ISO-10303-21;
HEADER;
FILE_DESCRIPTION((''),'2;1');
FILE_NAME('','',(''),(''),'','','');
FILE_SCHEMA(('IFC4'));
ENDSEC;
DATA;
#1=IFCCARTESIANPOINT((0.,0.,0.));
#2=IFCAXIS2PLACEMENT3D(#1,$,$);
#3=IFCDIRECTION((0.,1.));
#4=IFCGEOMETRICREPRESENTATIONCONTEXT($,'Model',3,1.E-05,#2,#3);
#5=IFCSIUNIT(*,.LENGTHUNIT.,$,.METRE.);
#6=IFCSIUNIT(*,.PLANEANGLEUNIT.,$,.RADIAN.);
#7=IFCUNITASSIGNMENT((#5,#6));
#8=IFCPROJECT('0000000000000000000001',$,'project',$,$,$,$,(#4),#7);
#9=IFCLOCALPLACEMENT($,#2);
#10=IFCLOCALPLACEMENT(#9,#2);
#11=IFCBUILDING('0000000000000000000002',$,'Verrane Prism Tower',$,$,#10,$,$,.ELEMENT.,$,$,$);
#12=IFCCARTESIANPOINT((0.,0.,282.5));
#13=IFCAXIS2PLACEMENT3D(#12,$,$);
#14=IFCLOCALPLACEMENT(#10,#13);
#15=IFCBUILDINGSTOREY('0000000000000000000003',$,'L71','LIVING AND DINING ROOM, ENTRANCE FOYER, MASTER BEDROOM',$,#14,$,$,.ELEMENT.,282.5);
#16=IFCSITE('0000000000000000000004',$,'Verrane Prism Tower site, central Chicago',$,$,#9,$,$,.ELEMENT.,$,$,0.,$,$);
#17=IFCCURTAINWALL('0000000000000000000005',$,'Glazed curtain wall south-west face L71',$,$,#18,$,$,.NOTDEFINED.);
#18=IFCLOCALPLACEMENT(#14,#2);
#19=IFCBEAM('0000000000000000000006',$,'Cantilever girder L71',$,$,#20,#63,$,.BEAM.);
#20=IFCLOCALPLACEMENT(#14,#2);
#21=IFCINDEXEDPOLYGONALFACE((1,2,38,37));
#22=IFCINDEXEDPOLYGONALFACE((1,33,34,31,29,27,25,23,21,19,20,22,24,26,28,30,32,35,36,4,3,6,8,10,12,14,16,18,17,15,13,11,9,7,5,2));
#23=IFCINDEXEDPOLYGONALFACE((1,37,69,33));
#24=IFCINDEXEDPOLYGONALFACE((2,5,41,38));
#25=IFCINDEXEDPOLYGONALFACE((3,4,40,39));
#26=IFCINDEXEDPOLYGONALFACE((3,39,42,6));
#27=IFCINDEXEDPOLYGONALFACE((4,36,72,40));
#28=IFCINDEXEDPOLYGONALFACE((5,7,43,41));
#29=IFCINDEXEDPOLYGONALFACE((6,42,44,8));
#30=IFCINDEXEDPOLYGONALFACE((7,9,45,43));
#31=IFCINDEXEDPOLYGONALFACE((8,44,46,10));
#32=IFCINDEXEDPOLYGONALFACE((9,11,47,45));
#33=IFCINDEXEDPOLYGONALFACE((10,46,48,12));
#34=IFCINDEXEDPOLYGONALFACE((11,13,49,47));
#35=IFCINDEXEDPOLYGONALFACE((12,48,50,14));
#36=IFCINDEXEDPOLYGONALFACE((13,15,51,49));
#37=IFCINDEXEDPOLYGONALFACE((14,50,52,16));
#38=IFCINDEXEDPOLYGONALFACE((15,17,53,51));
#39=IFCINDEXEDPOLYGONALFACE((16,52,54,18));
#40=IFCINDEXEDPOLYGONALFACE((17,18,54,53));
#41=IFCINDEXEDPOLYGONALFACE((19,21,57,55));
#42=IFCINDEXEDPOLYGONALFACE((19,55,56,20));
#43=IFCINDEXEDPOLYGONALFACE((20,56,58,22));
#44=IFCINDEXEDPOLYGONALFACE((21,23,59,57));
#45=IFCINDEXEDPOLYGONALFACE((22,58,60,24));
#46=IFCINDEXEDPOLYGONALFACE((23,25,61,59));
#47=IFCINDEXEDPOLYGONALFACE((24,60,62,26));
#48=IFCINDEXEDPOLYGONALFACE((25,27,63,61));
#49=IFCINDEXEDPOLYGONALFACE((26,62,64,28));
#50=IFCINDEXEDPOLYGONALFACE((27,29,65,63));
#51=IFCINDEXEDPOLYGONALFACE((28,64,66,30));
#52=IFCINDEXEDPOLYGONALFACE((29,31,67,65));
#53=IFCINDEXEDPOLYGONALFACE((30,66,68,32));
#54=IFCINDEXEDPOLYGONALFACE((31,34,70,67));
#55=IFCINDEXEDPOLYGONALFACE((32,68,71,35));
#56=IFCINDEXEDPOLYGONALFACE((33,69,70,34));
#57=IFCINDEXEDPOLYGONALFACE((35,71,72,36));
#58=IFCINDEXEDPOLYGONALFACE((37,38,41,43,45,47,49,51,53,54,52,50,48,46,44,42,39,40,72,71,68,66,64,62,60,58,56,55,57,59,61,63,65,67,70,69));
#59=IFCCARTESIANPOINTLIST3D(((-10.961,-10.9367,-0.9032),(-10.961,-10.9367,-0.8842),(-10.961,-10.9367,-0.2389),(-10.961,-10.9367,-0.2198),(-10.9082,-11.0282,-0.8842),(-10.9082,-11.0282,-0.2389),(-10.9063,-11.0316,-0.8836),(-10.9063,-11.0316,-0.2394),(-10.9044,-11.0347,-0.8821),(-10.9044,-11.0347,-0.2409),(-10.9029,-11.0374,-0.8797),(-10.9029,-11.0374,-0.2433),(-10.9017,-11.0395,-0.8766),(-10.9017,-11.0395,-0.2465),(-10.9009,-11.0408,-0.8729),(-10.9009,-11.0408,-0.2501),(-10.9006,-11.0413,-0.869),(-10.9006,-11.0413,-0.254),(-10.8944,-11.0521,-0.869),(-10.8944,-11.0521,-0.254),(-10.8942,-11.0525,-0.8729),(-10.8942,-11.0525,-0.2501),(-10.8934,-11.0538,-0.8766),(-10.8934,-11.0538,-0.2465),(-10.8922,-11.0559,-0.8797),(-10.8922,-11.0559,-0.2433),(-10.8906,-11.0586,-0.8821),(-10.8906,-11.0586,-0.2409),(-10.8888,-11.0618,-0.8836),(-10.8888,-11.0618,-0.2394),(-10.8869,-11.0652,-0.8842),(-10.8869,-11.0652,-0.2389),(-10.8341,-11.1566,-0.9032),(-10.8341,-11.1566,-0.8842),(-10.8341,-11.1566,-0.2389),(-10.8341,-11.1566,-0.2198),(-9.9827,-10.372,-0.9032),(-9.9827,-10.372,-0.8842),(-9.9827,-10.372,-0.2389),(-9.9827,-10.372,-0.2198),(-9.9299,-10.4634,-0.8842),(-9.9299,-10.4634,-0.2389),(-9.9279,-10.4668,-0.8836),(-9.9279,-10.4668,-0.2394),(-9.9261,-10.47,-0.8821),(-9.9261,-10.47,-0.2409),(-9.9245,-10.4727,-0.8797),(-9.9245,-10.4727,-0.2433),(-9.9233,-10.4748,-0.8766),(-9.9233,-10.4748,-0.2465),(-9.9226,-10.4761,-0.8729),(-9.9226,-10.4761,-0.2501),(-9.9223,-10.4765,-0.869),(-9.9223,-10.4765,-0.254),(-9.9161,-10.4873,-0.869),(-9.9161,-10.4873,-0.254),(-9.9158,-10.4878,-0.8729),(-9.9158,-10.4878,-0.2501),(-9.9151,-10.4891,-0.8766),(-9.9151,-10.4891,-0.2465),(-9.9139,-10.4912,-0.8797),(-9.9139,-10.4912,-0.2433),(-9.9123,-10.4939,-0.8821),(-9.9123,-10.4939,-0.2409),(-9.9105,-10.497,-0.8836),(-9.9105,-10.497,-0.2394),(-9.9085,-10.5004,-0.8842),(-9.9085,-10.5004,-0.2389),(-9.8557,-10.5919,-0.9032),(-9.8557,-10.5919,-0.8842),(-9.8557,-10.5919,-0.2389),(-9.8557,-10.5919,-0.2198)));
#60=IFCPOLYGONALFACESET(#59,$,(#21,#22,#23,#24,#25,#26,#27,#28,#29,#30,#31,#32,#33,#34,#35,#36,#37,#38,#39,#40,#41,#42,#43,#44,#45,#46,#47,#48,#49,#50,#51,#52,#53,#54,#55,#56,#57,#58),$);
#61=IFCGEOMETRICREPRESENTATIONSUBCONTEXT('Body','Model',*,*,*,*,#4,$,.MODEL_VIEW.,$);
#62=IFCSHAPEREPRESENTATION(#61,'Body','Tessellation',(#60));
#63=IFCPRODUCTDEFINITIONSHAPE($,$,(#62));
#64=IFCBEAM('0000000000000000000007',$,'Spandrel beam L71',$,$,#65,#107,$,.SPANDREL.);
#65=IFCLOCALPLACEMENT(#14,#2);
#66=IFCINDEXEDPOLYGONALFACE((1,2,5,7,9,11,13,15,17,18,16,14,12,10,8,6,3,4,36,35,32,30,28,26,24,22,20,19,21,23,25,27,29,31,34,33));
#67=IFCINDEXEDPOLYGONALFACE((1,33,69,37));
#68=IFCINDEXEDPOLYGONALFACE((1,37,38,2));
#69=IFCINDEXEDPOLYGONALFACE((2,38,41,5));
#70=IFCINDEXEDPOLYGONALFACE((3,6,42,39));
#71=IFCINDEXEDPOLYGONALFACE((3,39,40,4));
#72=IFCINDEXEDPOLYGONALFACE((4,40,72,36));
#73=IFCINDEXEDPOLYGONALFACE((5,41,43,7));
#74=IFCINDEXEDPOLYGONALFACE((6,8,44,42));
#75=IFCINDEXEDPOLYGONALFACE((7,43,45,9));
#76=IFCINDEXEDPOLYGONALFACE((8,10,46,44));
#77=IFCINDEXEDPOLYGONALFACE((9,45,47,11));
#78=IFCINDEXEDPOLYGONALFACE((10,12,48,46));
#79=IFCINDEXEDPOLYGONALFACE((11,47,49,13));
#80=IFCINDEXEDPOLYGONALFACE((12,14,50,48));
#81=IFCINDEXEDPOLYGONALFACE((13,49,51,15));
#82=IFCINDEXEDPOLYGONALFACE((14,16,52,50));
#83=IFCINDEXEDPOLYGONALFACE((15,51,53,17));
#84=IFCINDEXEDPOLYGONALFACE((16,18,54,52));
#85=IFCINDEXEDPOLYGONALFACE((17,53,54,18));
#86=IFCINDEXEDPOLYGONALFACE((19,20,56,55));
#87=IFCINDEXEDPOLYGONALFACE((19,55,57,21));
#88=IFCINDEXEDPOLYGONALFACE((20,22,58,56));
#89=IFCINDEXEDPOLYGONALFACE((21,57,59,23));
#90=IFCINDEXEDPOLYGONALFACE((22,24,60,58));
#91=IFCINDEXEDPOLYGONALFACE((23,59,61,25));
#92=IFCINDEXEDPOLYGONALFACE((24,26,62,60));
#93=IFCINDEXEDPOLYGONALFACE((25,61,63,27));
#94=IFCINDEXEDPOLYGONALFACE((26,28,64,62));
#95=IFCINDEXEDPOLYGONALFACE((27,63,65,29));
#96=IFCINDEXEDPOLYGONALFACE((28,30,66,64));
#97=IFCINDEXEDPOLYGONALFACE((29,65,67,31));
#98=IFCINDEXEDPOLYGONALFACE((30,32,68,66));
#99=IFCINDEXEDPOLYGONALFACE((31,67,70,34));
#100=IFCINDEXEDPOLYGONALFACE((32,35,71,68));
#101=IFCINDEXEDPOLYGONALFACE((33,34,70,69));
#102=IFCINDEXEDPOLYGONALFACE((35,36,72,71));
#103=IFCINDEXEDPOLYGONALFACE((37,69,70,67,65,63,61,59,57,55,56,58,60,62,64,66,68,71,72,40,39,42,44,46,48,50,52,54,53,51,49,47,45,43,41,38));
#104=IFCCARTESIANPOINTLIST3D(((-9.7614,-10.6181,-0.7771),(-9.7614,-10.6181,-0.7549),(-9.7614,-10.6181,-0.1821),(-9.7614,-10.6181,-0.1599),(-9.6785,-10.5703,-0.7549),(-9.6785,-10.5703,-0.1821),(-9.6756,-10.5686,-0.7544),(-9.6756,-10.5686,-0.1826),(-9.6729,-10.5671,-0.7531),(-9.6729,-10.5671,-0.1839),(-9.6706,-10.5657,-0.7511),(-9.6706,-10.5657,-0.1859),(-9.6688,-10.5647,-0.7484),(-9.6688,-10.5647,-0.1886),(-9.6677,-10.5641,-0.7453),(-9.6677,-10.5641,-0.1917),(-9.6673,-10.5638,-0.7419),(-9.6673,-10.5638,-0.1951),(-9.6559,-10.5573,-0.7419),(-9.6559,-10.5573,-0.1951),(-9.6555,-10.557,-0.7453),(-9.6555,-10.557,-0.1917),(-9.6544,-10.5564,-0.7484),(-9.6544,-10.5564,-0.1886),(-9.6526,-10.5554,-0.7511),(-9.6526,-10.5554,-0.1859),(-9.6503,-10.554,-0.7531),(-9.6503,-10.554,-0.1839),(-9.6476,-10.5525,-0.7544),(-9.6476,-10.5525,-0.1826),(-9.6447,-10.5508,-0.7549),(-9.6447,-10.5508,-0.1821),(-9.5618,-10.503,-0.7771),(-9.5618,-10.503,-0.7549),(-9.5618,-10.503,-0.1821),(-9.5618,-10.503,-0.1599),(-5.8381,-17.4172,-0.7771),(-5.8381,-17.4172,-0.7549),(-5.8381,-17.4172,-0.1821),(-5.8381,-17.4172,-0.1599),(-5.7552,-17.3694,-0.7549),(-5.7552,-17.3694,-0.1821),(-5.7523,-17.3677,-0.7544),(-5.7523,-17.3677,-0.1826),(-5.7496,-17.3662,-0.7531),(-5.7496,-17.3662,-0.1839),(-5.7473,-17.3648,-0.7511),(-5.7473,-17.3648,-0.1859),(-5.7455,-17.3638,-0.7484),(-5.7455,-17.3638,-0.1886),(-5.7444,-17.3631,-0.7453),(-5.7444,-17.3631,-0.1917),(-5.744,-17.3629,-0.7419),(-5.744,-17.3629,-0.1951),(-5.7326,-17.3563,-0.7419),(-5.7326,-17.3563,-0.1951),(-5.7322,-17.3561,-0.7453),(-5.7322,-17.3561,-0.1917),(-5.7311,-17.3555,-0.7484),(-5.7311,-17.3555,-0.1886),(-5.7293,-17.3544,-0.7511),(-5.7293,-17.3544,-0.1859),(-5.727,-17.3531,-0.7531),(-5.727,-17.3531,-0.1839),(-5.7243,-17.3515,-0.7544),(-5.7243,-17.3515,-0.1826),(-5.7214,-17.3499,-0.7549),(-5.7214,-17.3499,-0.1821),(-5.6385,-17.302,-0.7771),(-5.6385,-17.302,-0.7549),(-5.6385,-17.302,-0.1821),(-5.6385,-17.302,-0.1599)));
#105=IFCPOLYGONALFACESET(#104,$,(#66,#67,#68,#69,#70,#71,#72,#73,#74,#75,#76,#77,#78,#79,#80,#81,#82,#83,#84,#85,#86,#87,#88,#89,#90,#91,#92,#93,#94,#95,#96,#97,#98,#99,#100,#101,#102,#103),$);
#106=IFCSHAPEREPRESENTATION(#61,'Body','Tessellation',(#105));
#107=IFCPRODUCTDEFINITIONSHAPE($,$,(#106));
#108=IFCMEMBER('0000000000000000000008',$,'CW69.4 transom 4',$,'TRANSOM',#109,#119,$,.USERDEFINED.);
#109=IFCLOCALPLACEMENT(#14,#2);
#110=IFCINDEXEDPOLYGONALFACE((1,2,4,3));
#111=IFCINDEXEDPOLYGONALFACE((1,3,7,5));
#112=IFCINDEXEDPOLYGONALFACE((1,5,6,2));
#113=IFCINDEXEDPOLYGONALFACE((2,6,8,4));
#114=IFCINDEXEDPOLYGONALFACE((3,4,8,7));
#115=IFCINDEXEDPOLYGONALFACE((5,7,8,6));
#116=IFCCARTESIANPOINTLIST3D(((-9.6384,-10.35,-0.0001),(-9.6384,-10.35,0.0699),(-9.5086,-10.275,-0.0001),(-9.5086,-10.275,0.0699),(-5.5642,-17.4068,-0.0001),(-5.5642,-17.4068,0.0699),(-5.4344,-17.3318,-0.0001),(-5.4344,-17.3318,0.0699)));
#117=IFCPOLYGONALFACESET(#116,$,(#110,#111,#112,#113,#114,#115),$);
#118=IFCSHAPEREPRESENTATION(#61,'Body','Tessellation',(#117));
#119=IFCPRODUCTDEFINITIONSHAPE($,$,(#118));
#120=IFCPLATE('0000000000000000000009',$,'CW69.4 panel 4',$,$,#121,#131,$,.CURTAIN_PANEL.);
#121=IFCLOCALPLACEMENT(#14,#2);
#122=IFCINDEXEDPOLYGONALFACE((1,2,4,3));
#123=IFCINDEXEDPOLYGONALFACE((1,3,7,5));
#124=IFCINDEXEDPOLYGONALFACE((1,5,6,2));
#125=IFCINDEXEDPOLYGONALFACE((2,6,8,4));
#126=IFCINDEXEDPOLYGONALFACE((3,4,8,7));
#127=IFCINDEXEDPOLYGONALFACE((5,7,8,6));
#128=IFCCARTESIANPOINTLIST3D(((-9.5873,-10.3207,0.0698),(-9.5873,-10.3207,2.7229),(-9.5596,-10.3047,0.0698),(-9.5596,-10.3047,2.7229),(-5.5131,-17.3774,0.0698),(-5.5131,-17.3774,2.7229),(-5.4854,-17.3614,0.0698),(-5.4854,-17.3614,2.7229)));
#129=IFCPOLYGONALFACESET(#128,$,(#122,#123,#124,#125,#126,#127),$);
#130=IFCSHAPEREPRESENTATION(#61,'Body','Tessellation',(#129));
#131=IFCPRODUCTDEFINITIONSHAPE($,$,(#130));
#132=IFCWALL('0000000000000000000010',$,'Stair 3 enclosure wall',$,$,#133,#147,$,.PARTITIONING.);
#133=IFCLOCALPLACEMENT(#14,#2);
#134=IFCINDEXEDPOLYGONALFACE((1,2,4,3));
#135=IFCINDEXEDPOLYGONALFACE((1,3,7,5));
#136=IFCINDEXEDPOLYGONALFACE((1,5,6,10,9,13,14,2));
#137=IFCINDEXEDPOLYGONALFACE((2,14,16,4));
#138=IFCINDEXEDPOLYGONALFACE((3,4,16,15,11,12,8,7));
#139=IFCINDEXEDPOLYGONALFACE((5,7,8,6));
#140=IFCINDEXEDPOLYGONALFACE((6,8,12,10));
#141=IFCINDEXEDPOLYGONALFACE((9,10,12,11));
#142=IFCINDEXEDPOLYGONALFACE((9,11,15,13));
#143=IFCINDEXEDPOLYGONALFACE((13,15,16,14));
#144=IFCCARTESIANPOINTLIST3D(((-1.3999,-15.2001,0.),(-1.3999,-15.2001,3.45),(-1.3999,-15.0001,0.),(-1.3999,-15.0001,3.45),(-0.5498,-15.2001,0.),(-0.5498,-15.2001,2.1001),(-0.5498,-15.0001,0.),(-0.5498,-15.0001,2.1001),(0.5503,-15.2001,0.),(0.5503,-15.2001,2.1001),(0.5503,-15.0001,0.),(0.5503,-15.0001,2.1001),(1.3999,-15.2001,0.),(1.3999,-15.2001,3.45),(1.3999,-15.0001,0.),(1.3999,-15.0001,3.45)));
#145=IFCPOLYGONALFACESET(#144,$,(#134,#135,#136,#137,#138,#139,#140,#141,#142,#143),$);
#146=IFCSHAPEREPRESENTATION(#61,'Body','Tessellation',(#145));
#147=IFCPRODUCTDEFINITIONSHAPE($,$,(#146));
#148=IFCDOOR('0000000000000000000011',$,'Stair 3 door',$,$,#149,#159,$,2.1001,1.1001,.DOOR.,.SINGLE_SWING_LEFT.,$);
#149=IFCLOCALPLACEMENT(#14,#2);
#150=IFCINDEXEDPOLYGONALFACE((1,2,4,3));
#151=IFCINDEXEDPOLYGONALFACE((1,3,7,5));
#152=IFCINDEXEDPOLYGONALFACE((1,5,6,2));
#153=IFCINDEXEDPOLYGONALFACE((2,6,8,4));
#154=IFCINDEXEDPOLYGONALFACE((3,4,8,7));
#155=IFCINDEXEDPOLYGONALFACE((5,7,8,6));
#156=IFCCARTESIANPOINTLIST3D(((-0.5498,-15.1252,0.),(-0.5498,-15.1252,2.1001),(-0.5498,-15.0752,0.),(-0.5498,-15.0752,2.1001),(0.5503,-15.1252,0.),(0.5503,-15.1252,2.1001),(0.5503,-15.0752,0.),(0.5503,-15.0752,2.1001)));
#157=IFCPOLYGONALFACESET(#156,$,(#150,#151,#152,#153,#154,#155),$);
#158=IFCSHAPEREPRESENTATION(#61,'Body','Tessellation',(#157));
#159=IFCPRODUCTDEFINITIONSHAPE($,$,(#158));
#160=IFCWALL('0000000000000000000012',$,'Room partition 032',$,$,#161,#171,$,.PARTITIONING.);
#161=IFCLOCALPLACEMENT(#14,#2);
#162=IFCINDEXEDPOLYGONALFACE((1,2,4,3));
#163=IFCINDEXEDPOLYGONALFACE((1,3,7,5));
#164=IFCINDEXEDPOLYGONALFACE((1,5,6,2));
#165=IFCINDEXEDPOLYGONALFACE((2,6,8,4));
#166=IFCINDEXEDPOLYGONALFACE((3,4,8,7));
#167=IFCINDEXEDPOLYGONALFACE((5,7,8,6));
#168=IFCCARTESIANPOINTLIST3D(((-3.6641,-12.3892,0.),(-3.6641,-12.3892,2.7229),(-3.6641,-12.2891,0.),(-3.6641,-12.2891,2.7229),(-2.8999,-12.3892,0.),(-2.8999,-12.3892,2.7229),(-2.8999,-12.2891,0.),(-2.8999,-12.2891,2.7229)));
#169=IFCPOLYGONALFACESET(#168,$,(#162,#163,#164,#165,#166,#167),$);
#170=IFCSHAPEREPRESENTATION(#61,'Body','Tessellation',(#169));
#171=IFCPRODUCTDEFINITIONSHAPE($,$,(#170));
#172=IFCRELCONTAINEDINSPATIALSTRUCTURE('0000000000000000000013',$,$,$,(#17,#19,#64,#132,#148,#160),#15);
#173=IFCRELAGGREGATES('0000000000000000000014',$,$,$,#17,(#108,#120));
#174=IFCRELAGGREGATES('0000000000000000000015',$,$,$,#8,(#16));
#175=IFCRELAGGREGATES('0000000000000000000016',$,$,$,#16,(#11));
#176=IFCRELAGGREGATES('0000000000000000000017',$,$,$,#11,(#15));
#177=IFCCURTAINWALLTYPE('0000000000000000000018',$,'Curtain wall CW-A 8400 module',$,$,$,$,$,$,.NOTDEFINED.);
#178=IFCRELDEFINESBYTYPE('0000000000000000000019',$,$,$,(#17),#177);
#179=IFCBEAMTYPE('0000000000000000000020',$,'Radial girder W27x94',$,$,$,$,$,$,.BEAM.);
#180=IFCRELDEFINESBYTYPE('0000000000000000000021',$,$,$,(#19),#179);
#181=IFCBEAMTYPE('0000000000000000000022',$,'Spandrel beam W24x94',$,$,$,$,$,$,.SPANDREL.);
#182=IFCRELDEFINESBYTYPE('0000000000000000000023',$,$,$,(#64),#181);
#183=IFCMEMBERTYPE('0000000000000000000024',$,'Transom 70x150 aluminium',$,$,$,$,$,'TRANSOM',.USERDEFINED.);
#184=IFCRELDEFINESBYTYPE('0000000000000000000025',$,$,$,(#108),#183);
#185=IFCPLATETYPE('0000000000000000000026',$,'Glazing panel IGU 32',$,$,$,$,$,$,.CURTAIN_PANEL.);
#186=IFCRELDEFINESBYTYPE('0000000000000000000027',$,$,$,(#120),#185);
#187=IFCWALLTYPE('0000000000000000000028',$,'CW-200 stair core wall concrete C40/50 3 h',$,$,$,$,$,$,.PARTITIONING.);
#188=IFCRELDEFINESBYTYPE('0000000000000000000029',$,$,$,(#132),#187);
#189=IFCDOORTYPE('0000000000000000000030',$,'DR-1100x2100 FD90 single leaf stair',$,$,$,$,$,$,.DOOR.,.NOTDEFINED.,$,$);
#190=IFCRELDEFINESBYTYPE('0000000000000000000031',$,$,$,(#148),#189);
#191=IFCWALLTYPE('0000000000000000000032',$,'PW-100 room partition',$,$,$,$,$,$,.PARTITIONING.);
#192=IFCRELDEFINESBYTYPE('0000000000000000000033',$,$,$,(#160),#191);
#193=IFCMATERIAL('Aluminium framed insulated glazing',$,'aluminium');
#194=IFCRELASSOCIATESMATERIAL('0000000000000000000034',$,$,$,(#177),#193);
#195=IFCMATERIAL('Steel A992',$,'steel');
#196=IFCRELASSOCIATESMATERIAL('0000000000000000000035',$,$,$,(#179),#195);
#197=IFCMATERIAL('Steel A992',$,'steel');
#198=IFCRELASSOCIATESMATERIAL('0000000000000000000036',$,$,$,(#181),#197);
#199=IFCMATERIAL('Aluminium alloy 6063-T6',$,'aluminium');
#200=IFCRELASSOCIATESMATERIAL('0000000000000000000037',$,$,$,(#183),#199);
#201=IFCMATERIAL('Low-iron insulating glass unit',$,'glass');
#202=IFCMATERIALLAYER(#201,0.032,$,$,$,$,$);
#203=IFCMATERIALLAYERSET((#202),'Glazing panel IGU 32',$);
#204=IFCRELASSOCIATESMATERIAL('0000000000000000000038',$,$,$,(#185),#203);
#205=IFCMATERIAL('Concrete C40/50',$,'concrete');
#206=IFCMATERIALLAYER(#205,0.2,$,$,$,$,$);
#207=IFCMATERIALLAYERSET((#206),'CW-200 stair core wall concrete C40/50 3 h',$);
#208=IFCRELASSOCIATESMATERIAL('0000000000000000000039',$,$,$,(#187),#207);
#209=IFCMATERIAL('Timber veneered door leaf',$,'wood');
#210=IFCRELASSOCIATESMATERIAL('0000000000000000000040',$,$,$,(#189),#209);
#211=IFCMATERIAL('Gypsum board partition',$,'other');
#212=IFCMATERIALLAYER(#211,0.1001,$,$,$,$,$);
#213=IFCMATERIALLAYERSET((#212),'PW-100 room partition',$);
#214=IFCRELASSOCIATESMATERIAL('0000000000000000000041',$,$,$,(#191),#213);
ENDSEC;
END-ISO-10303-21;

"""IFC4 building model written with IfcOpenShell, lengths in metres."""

from ifc_helpers import new_model, si_unit, direction, frame, frame_2d, origin, origin_2d, place, context, subcontext, project, spatial, rectangle, i_section, extrude, material, layer, layer_set, material_profile, profile_set, type_object, element, fill, aggregate, save


model = new_model("IFC4")

# Units and contexts
model_context = context("Model", 3, precision=1e-05, world=origin(), true_north=direction((0.0, 1.0)))
body_context = subcontext(model_context, "Body", "Model", "MODEL_VIEW")
ifc_project = project(units=[si_unit("LENGTHUNIT", "METRE"), si_unit("PLANEANGLEUNIT", "RADIAN")], contexts=[model_context])

# Site, building, storey
site_placement = place(None, origin())
site = spatial("IfcSite", under=ifc_project, at=site_placement, Name="Verrane Prism Tower site, central Chicago", CompositionType="ELEMENT", RefElevation=0.0)
building_placement = place(site_placement, origin())
building = spatial("IfcBuilding", under=site, at=building_placement, Name="Verrane Prism Tower", CompositionType="ELEMENT")
storey_placement = place(building_placement, frame((0.0, 0.0, 282.5)))
storey = spatial("IfcBuildingStorey", under=building, at=storey_placement, Name="L71", Description="LIVING AND DINING ROOM, ENTRANCE FOYER, MASTER BEDROOM", CompositionType="ELEMENT", Elevation=282.5)

# Curtain wall
ifc_material_1 = material(Name="Aluminium framed insulated glazing", Category="aluminium")
curtain_wall_type = type_object("IfcCurtainWallType", Name="Curtain wall CW-A 8400 module", PredefinedType="NOTDEFINED", material=ifc_material_1)
curtain_wall_placement = place(storey_placement, origin())
curtain_wall = element("IfcCurtainWall", 1, at=curtain_wall_placement, inside=storey, type_object=curtain_wall_type, Name="Glazed curtain wall south-west face L71", PredefinedType="NOTDEFINED")

# Beams
ifc_material_2 = material(Name="Steel A992", Category="steel")
ifc_material_profile_1 = material_profile(ifc_material_2, i_section(OverallWidth=0.2539, OverallDepth=0.6833, WebThickness=0.0125, FlangeThickness=0.019, FilletRadius=0.0151, at=origin_2d()), Name="W27x94")
ifc_profile_set_1 = profile_set([ifc_material_profile_1], Name="Steel A992")
beam_type_1 = type_object("IfcBeamType", Name="Radial girder W27x94", PredefinedType="BEAM", material=ifc_profile_set_1)
beam_1_placement = place(storey_placement, frame((-9.9192, -10.4819, -0.5615), z_axis=(-0.866067, -0.499928, 0.0), x_axis=(0.499928, -0.866067, 0.0)))
element("IfcBeam", 2, at=beam_1_placement, inside=storey, type_object=beam_type_1, Name="Cantilever girder L71", PredefinedType="BEAM", context=body_context, shape_type="SweptSolid", body=[
    extrude(i_section(OverallWidth=0.2539, OverallDepth=0.6833, WebThickness=0.0125, FlangeThickness=0.019, FilletRadius=0.0151, at=origin_2d()), origin(), (0.0, 0.0, 1.0), 1.1296),
])
ifc_material_3 = material(Name="Steel A992", Category="steel")
ifc_material_profile_2 = material_profile(ifc_material_3, i_section(OverallWidth=0.2305, OverallDepth=0.6172, WebThickness=0.0132, FlangeThickness=0.0222, FilletRadius=0.0129, at=origin_2d()), Name="W24x94")
ifc_profile_set_2 = profile_set([ifc_material_profile_2], Name="Steel A992")
beam_type_2 = type_object("IfcBeamType", Name="Spandrel beam W24x94", PredefinedType="SPANDREL", material=ifc_profile_set_2)
beam_2_placement = place(storey_placement, frame((-9.6616, -10.5605, -0.4685), z_axis=(0.499799, -0.866142, 0.0), x_axis=(0.866142, 0.499799, 0.0)))
element("IfcBeam", 3, at=beam_2_placement, inside=storey, type_object=beam_type_2, Name="Spandrel beam L71", PredefinedType="SPANDREL", context=body_context, shape_type="SweptSolid", body=[
    extrude(i_section(OverallWidth=0.2305, OverallDepth=0.6172, WebThickness=0.0132, FlangeThickness=0.0222, FilletRadius=0.0129, at=origin_2d()), origin(), (0.0, 0.0, 1.0), 7.8499),
])

# Member
ifc_material_4 = material(Name="Aluminium alloy 6063-T6", Category="aluminium")
ifc_material_profile_3 = material_profile(ifc_material_4, rectangle(XDim=0.1499, YDim=0.0701, at=origin_2d()), Name="Transom 70x150 aluminium")
ifc_profile_set_3 = profile_set([ifc_material_profile_3], Name="Aluminium alloy 6063-T6")
member_type_1 = type_object("IfcMemberType", Name="Transom 70x150 aluminium", ElementType="TRANSOM", PredefinedType="USERDEFINED", material=ifc_profile_set_3)
member_1_placement = place(storey_placement, frame((-9.5735, -10.3125, 0.0349), z_axis=(0.499993, -0.866029, 0.0), x_axis=(0.866029, 0.499993, 0.0)))
member_1 = element("IfcMember", 4, at=member_1_placement, type_object=member_type_1, Name="CW69.4 transom 4", ObjectType="TRANSOM", PredefinedType="USERDEFINED", context=body_context, shape_type="SweptSolid", body=[
    extrude(rectangle(XDim=0.1499, YDim=0.0701, at=origin_2d()), origin(), (0.0, 0.0, 1.0), 8.1484),
])

# Plate
ifc_material_5 = material(Name="Low-iron insulating glass unit", Category="glass")
ifc_layer_1 = layer(ifc_material_5, 0.032)
ifc_layer_set_1 = layer_set([ifc_layer_1], Name="Glazing panel IGU 32")
plate_type = type_object("IfcPlateType", Name="Glazing panel IGU 32", PredefinedType="CURTAIN_PANEL", material=ifc_layer_set_1)
plate_placement = place(storey_placement, frame((-7.5364, -13.8411, 0.0698), z_axis=(0.0, 0.0, 1.0), x_axis=(0.500001, -0.866025, 0.0)))
plate = element("IfcPlate", 5, at=plate_placement, type_object=plate_type, Name="CW69.4 panel 4", PredefinedType="CURTAIN_PANEL", context=body_context, shape_type="SweptSolid", body=[
    extrude(rectangle(XDim=8.1484, YDim=0.032, at=origin_2d()), origin(), (0.0, 0.0, 1.0), 2.6531),
])
aggregate(curtain_wall, [member_1, plate])

# Wall, opening, door
ifc_material_6 = material(Name="Concrete C40/50", Category="concrete")
ifc_layer_2 = layer(ifc_material_6, 0.2)
ifc_layer_set_2 = layer_set([ifc_layer_2], Name="CW-200 stair core wall concrete C40/50 3 h")
wall_type_1 = type_object("IfcWallType", Name="CW-200 stair core wall concrete C40/50 3 h", PredefinedType="PARTITIONING", material=ifc_layer_set_2)
wall_1_placement = place(storey_placement, frame((-1.3999, -15.1001, 0.0), z_axis=(0.0, 0.0, 1.0), x_axis=(1.0, 0.0, 0.0)))
wall_1 = element("IfcWall", 6, at=wall_1_placement, inside=storey, type_object=wall_type_1, Name="Stair 3 enclosure wall", PredefinedType="PARTITIONING", context=body_context, shape_type="SweptSolid", body=[
    extrude(rectangle(XDim=2.7998, YDim=0.2, at=frame_2d((1.3999, 0.0))), origin(), (0.0, 0.0, 1.0), 3.45),
])
opening_1_placement = place(wall_1_placement, frame((0.8501, 0.0, 0.0)))
opening_1 = element("IfcOpeningElement", 7, at=opening_1_placement, cuts=wall_1, PredefinedType="OPENING", context=body_context, shape_type="SweptSolid", body=[
    extrude(rectangle(XDim=1.1001, YDim=2.1001, at=frame_2d((0.55, 1.05))), frame((0.0, 0.1099, 0.0), z_axis=(0.0, -1.0, 0.0), x_axis=(1.0, 0.0, 0.0)), (0.0, 0.0, 1.0), 0.22),
])
ifc_material_7 = material(Name="Timber veneered door leaf", Category="wood")
door_type_1 = type_object("IfcDoorType", Name="DR-1100x2100 FD90 single leaf stair", OperationType="NOTDEFINED", PredefinedType="DOOR", material=ifc_material_7)
door_1_placement = place(opening_1_placement, origin())
door_1 = element("IfcDoor", 8, at=door_1_placement, inside=storey, type_object=door_type_1, Name="Stair 3 door", OperationType="SINGLE_SWING_LEFT", OverallHeight=2.1001, OverallWidth=1.1001, PredefinedType="DOOR", context=body_context, shape_type="SweptSolid", body=[
    extrude(rectangle(XDim=1.1001, YDim=2.1001, at=frame_2d((0.55, 1.05))), frame((0.0, 0.0249, 0.0), z_axis=(0.0, -1.0, 0.0), x_axis=(1.0, 0.0, 0.0)), (0.0, 0.0, 1.0), 0.05),
])
fill(opening_1, door_1)

# Wall
ifc_material_8 = material(Name="Gypsum board partition", Category="other")
ifc_layer_3 = layer(ifc_material_8, 0.1001)
ifc_layer_set_3 = layer_set([ifc_layer_3], Name="PW-100 room partition")
wall_type_2 = type_object("IfcWallType", Name="PW-100 room partition", PredefinedType="PARTITIONING", material=ifc_layer_set_3)
wall_2_placement = place(storey_placement, frame((-3.6641, -12.3391, 0.0), z_axis=(0.0, 0.0, 1.0), x_axis=(1.0, 0.0, 0.0)))
element("IfcWall", 9, at=wall_2_placement, inside=storey, type_object=wall_type_2, Name="Room partition 032", PredefinedType="PARTITIONING", context=body_context, shape_type="SweptSolid", body=[
    extrude(rectangle(XDim=0.7642, YDim=0.1001, at=frame_2d((0.3821, 0.0))), origin(), (0.0, 0.0, 1.0), 2.7229),
])

save(model, "model.ifc")
